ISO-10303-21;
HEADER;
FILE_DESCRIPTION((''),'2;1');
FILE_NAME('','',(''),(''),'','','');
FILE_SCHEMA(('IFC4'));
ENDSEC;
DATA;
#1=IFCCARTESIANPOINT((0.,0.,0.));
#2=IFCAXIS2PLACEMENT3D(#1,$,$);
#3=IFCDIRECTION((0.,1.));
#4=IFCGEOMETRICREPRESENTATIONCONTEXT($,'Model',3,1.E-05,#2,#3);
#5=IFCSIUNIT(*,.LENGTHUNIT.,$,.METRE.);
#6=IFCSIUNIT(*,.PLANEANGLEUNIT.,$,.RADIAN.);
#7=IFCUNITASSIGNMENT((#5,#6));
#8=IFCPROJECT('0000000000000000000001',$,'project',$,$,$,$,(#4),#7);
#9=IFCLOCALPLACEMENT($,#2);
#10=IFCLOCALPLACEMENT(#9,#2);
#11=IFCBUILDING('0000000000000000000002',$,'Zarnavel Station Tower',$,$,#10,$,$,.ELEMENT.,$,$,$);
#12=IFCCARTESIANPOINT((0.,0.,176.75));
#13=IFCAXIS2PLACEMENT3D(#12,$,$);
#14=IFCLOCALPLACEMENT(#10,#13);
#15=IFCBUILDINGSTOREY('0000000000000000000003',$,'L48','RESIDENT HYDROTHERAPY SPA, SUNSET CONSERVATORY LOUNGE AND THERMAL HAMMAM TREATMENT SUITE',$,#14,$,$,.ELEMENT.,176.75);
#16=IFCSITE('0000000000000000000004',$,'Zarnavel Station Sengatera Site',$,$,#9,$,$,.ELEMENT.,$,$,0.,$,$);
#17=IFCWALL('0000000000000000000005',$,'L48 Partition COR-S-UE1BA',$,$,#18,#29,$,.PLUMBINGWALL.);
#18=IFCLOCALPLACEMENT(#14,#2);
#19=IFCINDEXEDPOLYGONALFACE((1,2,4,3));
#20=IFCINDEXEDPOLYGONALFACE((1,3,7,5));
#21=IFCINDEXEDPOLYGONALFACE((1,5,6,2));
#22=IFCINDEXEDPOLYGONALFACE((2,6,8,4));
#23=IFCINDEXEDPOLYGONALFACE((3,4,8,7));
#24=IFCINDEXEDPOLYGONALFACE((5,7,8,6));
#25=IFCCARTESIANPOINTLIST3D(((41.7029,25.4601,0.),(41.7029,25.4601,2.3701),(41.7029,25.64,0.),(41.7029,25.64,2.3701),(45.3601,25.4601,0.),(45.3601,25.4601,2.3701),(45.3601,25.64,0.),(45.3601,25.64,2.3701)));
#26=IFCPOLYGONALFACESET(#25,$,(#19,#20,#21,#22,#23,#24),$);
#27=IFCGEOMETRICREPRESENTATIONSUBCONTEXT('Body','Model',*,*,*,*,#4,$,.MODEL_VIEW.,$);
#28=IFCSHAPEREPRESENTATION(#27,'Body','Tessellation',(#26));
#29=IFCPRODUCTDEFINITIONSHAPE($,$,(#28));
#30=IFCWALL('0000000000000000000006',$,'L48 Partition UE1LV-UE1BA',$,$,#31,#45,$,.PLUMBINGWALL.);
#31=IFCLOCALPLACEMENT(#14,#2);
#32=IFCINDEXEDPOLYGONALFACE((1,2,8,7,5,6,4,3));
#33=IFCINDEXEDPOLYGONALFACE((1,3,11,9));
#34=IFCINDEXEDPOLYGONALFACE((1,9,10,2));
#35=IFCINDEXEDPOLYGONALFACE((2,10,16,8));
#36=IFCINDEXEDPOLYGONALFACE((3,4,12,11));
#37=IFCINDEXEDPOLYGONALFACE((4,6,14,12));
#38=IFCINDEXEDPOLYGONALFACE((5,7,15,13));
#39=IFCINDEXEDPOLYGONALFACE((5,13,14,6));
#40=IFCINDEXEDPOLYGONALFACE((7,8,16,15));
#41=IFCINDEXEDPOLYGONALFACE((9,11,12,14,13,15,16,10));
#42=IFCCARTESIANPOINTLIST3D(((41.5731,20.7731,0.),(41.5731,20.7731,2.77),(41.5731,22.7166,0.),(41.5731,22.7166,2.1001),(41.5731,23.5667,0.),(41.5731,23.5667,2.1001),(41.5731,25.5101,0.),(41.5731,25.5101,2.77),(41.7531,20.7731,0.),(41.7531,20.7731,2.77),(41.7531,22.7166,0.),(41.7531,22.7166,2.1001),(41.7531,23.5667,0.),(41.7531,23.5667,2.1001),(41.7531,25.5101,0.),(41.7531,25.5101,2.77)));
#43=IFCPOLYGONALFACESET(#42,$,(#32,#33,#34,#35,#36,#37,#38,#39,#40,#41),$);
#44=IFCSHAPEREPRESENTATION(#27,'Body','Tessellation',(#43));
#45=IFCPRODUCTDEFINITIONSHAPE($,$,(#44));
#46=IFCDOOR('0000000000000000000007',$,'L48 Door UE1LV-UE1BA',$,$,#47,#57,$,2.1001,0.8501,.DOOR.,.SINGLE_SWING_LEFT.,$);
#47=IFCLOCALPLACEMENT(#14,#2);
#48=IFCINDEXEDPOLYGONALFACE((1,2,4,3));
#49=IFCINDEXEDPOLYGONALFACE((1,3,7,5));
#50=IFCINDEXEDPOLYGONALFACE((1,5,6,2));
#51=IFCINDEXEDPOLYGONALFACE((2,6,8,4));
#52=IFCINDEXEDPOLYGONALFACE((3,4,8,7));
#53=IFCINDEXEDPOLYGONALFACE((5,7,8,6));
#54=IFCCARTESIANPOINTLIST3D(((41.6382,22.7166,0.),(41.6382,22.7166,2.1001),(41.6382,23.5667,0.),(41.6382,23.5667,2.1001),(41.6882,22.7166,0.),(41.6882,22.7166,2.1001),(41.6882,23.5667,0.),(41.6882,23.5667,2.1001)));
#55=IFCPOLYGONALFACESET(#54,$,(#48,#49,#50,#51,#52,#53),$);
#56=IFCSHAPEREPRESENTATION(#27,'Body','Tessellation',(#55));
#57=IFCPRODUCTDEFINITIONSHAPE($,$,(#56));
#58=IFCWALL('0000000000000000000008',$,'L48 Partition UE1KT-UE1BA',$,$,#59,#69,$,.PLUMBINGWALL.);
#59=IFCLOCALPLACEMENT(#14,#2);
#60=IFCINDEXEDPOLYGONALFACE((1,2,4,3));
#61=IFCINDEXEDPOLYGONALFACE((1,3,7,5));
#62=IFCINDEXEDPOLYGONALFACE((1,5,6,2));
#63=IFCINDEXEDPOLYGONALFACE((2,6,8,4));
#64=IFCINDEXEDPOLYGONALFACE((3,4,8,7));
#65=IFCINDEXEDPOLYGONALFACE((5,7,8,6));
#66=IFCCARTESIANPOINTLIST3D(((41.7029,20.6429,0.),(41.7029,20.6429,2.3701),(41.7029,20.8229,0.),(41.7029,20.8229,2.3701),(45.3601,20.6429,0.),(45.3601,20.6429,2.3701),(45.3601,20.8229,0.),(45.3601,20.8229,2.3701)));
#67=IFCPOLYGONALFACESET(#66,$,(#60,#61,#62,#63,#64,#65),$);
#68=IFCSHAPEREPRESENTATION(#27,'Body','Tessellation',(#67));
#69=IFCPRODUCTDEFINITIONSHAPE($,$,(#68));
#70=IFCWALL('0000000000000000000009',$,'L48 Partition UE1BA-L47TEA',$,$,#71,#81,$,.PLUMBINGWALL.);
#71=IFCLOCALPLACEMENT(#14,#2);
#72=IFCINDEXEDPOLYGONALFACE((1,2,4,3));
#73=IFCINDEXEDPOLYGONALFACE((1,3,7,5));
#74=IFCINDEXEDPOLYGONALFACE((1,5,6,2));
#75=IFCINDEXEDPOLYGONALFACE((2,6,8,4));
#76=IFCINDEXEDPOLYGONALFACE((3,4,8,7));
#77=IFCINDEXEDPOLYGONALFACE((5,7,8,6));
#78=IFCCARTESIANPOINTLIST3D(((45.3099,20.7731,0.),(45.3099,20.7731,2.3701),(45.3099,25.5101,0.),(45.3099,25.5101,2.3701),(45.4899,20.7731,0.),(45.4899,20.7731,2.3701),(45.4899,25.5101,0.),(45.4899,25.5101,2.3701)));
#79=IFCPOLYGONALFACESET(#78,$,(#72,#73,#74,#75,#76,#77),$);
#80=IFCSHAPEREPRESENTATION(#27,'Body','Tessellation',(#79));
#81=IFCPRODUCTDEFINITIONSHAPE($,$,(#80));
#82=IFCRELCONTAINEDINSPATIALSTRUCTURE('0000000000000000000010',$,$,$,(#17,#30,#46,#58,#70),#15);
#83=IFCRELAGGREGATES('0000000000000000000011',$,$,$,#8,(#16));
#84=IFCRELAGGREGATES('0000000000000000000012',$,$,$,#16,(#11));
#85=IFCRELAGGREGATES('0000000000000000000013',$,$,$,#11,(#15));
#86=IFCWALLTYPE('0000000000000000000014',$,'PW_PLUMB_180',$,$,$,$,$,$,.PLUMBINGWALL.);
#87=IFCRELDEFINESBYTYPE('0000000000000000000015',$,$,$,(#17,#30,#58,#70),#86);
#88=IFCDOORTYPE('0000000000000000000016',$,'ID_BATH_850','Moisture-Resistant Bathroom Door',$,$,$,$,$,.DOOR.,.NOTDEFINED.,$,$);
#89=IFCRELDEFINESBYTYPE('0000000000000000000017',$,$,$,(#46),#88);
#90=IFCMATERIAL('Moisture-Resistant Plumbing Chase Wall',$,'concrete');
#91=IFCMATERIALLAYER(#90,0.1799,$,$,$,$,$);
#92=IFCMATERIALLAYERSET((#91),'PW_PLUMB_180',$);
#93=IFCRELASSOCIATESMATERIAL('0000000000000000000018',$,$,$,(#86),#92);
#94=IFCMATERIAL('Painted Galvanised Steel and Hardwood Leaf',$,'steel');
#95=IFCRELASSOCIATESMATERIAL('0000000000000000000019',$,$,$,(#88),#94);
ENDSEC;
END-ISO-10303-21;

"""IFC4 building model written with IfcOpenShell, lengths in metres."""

from ifc_helpers import new_model, si_unit, direction, frame, frame_2d, origin, place, context, subcontext, project, spatial, rectangle, extrude, material, layer, layer_set, type_object, element, fill, save


model = new_model("IFC4")

# Units and contexts
model_context = context("Model", 3, precision=1e-05, world=origin(), true_north=direction((0.0, 1.0)))
body_context = subcontext(model_context, "Body", "Model", "MODEL_VIEW")
ifc_project = project(units=[si_unit("LENGTHUNIT", "METRE"), si_unit("PLANEANGLEUNIT", "RADIAN")], contexts=[model_context])

# Site, building, storey
site_placement = place(None, origin())
site = spatial("IfcSite", under=ifc_project, at=site_placement, Name="Zarnavel Station Sengatera Site", CompositionType="ELEMENT", RefElevation=0.0)
building_placement = place(site_placement, origin())
building = spatial("IfcBuilding", under=site, at=building_placement, Name="Zarnavel Station Tower", CompositionType="ELEMENT")
storey_placement = place(building_placement, frame((0.0, 0.0, 176.75)))
storey = spatial("IfcBuildingStorey", under=building, at=storey_placement, Name="L48", Description="RESIDENT HYDROTHERAPY SPA, SUNSET CONSERVATORY LOUNGE AND THERMAL HAMMAM TREATMENT SUITE", CompositionType="ELEMENT", Elevation=176.75)

# Wall
ifc_material_1 = material(Name="Moisture-Resistant Plumbing Chase Wall", Category="concrete")
ifc_layer_1 = layer(ifc_material_1, 0.1799)
ifc_layer_set_1 = layer_set([ifc_layer_1], Name="PW_PLUMB_180")
wall_type_1 = type_object("IfcWallType", Name="PW_PLUMB_180", PredefinedType="PLUMBINGWALL", material=ifc_layer_set_1)
wall_1_placement = place(storey_placement, frame((41.7029, 25.55, 0.0), z_axis=(0.0, 0.0, 1.0), x_axis=(1.0, 0.0, 0.0)))
element("IfcWall", 1, at=wall_1_placement, inside=storey, type_object=wall_type_1, Name="L48 Partition COR-S-UE1BA", PredefinedType="PLUMBINGWALL", context=body_context, shape_type="SweptSolid", body=[
    extrude(rectangle(XDim=3.6572, YDim=0.1799, at=frame_2d((1.8286, 0.0))), origin(), (0.0, 0.0, 1.0), 2.3701),
])

# Wall, opening, door
wall_2_placement = place(storey_placement, frame((41.6631, 20.7729, 0.0), z_axis=(0.0, 0.0, 1.0), x_axis=(0.0, 1.0, 0.0)))
wall_2 = element("IfcWall", 2, at=wall_2_placement, inside=storey, type_object=wall_type_1, Name="L48 Partition UE1LV-UE1BA", PredefinedType="PLUMBINGWALL", context=body_context, shape_type="SweptSolid", body=[
    extrude(rectangle(XDim=4.7371, YDim=0.1799, at=frame_2d((2.3687, 0.0))), origin(), (0.0, 0.0, 1.0), 2.77),
])
opening_1_placement = place(wall_2_placement, frame((1.9436, 0.0, 0.0)))
opening_1 = element("IfcOpeningElement", 3, at=opening_1_placement, cuts=wall_2, PredefinedType="OPENING", context=body_context, shape_type="SweptSolid", body=[
    extrude(rectangle(XDim=0.8501, YDim=2.1001, at=frame_2d((0.425, 1.05))), frame((0.0, 0.0999, 0.0), z_axis=(0.0, -1.0, 0.0), x_axis=(1.0, 0.0, 0.0)), (0.0, 0.0, 1.0), 0.2),
])
ifc_material_2 = material(Name="Painted Galvanised Steel and Hardwood Leaf", Category="steel")
door_type_1 = type_object("IfcDoorType", Name="ID_BATH_850", Description="Moisture-Resistant Bathroom Door", OperationType="NOTDEFINED", PredefinedType="DOOR", material=ifc_material_2)
door_1_placement = place(opening_1_placement, origin())
door_1 = element("IfcDoor", 4, at=door_1_placement, inside=storey, type_object=door_type_1, Name="L48 Door UE1LV-UE1BA", OperationType="SINGLE_SWING_LEFT", OverallHeight=2.1001, OverallWidth=0.8501, PredefinedType="DOOR", context=body_context, shape_type="SweptSolid", body=[
    extrude(rectangle(XDim=0.8501, YDim=2.1001, at=frame_2d((0.425, 1.05))), frame((0.0, 0.0249, 0.0), z_axis=(0.0, -1.0, 0.0), x_axis=(1.0, 0.0, 0.0)), (0.0, 0.0, 1.0), 0.05),
])
fill(opening_1, door_1)

# Walls
wall_3_placement = place(storey_placement, frame((41.7029, 20.7329, 0.0), z_axis=(0.0, 0.0, 1.0), x_axis=(1.0, 0.0, 0.0)))
element("IfcWall", 5, at=wall_3_placement, inside=storey, type_object=wall_type_1, Name="L48 Partition UE1KT-UE1BA", PredefinedType="PLUMBINGWALL", context=body_context, shape_type="SweptSolid", body=[
    extrude(rectangle(XDim=3.6572, YDim=0.1799, at=frame_2d((1.8286, 0.0))), origin(), (0.0, 0.0, 1.0), 2.3701),
])
wall_4_placement = place(storey_placement, frame((45.3999, 20.7729, 0.0), z_axis=(0.0, 0.0, 1.0), x_axis=(0.0, 1.0, 0.0)))
element("IfcWall", 6, at=wall_4_placement, inside=storey, type_object=wall_type_1, Name="L48 Partition UE1BA-L47TEA", PredefinedType="PLUMBINGWALL", context=body_context, shape_type="SweptSolid", body=[
    extrude(rectangle(XDim=4.7371, YDim=0.1799, at=frame_2d((2.3687, 0.0))), origin(), (0.0, 0.0, 1.0), 2.3701),
])

save(model, "model.ifc")
